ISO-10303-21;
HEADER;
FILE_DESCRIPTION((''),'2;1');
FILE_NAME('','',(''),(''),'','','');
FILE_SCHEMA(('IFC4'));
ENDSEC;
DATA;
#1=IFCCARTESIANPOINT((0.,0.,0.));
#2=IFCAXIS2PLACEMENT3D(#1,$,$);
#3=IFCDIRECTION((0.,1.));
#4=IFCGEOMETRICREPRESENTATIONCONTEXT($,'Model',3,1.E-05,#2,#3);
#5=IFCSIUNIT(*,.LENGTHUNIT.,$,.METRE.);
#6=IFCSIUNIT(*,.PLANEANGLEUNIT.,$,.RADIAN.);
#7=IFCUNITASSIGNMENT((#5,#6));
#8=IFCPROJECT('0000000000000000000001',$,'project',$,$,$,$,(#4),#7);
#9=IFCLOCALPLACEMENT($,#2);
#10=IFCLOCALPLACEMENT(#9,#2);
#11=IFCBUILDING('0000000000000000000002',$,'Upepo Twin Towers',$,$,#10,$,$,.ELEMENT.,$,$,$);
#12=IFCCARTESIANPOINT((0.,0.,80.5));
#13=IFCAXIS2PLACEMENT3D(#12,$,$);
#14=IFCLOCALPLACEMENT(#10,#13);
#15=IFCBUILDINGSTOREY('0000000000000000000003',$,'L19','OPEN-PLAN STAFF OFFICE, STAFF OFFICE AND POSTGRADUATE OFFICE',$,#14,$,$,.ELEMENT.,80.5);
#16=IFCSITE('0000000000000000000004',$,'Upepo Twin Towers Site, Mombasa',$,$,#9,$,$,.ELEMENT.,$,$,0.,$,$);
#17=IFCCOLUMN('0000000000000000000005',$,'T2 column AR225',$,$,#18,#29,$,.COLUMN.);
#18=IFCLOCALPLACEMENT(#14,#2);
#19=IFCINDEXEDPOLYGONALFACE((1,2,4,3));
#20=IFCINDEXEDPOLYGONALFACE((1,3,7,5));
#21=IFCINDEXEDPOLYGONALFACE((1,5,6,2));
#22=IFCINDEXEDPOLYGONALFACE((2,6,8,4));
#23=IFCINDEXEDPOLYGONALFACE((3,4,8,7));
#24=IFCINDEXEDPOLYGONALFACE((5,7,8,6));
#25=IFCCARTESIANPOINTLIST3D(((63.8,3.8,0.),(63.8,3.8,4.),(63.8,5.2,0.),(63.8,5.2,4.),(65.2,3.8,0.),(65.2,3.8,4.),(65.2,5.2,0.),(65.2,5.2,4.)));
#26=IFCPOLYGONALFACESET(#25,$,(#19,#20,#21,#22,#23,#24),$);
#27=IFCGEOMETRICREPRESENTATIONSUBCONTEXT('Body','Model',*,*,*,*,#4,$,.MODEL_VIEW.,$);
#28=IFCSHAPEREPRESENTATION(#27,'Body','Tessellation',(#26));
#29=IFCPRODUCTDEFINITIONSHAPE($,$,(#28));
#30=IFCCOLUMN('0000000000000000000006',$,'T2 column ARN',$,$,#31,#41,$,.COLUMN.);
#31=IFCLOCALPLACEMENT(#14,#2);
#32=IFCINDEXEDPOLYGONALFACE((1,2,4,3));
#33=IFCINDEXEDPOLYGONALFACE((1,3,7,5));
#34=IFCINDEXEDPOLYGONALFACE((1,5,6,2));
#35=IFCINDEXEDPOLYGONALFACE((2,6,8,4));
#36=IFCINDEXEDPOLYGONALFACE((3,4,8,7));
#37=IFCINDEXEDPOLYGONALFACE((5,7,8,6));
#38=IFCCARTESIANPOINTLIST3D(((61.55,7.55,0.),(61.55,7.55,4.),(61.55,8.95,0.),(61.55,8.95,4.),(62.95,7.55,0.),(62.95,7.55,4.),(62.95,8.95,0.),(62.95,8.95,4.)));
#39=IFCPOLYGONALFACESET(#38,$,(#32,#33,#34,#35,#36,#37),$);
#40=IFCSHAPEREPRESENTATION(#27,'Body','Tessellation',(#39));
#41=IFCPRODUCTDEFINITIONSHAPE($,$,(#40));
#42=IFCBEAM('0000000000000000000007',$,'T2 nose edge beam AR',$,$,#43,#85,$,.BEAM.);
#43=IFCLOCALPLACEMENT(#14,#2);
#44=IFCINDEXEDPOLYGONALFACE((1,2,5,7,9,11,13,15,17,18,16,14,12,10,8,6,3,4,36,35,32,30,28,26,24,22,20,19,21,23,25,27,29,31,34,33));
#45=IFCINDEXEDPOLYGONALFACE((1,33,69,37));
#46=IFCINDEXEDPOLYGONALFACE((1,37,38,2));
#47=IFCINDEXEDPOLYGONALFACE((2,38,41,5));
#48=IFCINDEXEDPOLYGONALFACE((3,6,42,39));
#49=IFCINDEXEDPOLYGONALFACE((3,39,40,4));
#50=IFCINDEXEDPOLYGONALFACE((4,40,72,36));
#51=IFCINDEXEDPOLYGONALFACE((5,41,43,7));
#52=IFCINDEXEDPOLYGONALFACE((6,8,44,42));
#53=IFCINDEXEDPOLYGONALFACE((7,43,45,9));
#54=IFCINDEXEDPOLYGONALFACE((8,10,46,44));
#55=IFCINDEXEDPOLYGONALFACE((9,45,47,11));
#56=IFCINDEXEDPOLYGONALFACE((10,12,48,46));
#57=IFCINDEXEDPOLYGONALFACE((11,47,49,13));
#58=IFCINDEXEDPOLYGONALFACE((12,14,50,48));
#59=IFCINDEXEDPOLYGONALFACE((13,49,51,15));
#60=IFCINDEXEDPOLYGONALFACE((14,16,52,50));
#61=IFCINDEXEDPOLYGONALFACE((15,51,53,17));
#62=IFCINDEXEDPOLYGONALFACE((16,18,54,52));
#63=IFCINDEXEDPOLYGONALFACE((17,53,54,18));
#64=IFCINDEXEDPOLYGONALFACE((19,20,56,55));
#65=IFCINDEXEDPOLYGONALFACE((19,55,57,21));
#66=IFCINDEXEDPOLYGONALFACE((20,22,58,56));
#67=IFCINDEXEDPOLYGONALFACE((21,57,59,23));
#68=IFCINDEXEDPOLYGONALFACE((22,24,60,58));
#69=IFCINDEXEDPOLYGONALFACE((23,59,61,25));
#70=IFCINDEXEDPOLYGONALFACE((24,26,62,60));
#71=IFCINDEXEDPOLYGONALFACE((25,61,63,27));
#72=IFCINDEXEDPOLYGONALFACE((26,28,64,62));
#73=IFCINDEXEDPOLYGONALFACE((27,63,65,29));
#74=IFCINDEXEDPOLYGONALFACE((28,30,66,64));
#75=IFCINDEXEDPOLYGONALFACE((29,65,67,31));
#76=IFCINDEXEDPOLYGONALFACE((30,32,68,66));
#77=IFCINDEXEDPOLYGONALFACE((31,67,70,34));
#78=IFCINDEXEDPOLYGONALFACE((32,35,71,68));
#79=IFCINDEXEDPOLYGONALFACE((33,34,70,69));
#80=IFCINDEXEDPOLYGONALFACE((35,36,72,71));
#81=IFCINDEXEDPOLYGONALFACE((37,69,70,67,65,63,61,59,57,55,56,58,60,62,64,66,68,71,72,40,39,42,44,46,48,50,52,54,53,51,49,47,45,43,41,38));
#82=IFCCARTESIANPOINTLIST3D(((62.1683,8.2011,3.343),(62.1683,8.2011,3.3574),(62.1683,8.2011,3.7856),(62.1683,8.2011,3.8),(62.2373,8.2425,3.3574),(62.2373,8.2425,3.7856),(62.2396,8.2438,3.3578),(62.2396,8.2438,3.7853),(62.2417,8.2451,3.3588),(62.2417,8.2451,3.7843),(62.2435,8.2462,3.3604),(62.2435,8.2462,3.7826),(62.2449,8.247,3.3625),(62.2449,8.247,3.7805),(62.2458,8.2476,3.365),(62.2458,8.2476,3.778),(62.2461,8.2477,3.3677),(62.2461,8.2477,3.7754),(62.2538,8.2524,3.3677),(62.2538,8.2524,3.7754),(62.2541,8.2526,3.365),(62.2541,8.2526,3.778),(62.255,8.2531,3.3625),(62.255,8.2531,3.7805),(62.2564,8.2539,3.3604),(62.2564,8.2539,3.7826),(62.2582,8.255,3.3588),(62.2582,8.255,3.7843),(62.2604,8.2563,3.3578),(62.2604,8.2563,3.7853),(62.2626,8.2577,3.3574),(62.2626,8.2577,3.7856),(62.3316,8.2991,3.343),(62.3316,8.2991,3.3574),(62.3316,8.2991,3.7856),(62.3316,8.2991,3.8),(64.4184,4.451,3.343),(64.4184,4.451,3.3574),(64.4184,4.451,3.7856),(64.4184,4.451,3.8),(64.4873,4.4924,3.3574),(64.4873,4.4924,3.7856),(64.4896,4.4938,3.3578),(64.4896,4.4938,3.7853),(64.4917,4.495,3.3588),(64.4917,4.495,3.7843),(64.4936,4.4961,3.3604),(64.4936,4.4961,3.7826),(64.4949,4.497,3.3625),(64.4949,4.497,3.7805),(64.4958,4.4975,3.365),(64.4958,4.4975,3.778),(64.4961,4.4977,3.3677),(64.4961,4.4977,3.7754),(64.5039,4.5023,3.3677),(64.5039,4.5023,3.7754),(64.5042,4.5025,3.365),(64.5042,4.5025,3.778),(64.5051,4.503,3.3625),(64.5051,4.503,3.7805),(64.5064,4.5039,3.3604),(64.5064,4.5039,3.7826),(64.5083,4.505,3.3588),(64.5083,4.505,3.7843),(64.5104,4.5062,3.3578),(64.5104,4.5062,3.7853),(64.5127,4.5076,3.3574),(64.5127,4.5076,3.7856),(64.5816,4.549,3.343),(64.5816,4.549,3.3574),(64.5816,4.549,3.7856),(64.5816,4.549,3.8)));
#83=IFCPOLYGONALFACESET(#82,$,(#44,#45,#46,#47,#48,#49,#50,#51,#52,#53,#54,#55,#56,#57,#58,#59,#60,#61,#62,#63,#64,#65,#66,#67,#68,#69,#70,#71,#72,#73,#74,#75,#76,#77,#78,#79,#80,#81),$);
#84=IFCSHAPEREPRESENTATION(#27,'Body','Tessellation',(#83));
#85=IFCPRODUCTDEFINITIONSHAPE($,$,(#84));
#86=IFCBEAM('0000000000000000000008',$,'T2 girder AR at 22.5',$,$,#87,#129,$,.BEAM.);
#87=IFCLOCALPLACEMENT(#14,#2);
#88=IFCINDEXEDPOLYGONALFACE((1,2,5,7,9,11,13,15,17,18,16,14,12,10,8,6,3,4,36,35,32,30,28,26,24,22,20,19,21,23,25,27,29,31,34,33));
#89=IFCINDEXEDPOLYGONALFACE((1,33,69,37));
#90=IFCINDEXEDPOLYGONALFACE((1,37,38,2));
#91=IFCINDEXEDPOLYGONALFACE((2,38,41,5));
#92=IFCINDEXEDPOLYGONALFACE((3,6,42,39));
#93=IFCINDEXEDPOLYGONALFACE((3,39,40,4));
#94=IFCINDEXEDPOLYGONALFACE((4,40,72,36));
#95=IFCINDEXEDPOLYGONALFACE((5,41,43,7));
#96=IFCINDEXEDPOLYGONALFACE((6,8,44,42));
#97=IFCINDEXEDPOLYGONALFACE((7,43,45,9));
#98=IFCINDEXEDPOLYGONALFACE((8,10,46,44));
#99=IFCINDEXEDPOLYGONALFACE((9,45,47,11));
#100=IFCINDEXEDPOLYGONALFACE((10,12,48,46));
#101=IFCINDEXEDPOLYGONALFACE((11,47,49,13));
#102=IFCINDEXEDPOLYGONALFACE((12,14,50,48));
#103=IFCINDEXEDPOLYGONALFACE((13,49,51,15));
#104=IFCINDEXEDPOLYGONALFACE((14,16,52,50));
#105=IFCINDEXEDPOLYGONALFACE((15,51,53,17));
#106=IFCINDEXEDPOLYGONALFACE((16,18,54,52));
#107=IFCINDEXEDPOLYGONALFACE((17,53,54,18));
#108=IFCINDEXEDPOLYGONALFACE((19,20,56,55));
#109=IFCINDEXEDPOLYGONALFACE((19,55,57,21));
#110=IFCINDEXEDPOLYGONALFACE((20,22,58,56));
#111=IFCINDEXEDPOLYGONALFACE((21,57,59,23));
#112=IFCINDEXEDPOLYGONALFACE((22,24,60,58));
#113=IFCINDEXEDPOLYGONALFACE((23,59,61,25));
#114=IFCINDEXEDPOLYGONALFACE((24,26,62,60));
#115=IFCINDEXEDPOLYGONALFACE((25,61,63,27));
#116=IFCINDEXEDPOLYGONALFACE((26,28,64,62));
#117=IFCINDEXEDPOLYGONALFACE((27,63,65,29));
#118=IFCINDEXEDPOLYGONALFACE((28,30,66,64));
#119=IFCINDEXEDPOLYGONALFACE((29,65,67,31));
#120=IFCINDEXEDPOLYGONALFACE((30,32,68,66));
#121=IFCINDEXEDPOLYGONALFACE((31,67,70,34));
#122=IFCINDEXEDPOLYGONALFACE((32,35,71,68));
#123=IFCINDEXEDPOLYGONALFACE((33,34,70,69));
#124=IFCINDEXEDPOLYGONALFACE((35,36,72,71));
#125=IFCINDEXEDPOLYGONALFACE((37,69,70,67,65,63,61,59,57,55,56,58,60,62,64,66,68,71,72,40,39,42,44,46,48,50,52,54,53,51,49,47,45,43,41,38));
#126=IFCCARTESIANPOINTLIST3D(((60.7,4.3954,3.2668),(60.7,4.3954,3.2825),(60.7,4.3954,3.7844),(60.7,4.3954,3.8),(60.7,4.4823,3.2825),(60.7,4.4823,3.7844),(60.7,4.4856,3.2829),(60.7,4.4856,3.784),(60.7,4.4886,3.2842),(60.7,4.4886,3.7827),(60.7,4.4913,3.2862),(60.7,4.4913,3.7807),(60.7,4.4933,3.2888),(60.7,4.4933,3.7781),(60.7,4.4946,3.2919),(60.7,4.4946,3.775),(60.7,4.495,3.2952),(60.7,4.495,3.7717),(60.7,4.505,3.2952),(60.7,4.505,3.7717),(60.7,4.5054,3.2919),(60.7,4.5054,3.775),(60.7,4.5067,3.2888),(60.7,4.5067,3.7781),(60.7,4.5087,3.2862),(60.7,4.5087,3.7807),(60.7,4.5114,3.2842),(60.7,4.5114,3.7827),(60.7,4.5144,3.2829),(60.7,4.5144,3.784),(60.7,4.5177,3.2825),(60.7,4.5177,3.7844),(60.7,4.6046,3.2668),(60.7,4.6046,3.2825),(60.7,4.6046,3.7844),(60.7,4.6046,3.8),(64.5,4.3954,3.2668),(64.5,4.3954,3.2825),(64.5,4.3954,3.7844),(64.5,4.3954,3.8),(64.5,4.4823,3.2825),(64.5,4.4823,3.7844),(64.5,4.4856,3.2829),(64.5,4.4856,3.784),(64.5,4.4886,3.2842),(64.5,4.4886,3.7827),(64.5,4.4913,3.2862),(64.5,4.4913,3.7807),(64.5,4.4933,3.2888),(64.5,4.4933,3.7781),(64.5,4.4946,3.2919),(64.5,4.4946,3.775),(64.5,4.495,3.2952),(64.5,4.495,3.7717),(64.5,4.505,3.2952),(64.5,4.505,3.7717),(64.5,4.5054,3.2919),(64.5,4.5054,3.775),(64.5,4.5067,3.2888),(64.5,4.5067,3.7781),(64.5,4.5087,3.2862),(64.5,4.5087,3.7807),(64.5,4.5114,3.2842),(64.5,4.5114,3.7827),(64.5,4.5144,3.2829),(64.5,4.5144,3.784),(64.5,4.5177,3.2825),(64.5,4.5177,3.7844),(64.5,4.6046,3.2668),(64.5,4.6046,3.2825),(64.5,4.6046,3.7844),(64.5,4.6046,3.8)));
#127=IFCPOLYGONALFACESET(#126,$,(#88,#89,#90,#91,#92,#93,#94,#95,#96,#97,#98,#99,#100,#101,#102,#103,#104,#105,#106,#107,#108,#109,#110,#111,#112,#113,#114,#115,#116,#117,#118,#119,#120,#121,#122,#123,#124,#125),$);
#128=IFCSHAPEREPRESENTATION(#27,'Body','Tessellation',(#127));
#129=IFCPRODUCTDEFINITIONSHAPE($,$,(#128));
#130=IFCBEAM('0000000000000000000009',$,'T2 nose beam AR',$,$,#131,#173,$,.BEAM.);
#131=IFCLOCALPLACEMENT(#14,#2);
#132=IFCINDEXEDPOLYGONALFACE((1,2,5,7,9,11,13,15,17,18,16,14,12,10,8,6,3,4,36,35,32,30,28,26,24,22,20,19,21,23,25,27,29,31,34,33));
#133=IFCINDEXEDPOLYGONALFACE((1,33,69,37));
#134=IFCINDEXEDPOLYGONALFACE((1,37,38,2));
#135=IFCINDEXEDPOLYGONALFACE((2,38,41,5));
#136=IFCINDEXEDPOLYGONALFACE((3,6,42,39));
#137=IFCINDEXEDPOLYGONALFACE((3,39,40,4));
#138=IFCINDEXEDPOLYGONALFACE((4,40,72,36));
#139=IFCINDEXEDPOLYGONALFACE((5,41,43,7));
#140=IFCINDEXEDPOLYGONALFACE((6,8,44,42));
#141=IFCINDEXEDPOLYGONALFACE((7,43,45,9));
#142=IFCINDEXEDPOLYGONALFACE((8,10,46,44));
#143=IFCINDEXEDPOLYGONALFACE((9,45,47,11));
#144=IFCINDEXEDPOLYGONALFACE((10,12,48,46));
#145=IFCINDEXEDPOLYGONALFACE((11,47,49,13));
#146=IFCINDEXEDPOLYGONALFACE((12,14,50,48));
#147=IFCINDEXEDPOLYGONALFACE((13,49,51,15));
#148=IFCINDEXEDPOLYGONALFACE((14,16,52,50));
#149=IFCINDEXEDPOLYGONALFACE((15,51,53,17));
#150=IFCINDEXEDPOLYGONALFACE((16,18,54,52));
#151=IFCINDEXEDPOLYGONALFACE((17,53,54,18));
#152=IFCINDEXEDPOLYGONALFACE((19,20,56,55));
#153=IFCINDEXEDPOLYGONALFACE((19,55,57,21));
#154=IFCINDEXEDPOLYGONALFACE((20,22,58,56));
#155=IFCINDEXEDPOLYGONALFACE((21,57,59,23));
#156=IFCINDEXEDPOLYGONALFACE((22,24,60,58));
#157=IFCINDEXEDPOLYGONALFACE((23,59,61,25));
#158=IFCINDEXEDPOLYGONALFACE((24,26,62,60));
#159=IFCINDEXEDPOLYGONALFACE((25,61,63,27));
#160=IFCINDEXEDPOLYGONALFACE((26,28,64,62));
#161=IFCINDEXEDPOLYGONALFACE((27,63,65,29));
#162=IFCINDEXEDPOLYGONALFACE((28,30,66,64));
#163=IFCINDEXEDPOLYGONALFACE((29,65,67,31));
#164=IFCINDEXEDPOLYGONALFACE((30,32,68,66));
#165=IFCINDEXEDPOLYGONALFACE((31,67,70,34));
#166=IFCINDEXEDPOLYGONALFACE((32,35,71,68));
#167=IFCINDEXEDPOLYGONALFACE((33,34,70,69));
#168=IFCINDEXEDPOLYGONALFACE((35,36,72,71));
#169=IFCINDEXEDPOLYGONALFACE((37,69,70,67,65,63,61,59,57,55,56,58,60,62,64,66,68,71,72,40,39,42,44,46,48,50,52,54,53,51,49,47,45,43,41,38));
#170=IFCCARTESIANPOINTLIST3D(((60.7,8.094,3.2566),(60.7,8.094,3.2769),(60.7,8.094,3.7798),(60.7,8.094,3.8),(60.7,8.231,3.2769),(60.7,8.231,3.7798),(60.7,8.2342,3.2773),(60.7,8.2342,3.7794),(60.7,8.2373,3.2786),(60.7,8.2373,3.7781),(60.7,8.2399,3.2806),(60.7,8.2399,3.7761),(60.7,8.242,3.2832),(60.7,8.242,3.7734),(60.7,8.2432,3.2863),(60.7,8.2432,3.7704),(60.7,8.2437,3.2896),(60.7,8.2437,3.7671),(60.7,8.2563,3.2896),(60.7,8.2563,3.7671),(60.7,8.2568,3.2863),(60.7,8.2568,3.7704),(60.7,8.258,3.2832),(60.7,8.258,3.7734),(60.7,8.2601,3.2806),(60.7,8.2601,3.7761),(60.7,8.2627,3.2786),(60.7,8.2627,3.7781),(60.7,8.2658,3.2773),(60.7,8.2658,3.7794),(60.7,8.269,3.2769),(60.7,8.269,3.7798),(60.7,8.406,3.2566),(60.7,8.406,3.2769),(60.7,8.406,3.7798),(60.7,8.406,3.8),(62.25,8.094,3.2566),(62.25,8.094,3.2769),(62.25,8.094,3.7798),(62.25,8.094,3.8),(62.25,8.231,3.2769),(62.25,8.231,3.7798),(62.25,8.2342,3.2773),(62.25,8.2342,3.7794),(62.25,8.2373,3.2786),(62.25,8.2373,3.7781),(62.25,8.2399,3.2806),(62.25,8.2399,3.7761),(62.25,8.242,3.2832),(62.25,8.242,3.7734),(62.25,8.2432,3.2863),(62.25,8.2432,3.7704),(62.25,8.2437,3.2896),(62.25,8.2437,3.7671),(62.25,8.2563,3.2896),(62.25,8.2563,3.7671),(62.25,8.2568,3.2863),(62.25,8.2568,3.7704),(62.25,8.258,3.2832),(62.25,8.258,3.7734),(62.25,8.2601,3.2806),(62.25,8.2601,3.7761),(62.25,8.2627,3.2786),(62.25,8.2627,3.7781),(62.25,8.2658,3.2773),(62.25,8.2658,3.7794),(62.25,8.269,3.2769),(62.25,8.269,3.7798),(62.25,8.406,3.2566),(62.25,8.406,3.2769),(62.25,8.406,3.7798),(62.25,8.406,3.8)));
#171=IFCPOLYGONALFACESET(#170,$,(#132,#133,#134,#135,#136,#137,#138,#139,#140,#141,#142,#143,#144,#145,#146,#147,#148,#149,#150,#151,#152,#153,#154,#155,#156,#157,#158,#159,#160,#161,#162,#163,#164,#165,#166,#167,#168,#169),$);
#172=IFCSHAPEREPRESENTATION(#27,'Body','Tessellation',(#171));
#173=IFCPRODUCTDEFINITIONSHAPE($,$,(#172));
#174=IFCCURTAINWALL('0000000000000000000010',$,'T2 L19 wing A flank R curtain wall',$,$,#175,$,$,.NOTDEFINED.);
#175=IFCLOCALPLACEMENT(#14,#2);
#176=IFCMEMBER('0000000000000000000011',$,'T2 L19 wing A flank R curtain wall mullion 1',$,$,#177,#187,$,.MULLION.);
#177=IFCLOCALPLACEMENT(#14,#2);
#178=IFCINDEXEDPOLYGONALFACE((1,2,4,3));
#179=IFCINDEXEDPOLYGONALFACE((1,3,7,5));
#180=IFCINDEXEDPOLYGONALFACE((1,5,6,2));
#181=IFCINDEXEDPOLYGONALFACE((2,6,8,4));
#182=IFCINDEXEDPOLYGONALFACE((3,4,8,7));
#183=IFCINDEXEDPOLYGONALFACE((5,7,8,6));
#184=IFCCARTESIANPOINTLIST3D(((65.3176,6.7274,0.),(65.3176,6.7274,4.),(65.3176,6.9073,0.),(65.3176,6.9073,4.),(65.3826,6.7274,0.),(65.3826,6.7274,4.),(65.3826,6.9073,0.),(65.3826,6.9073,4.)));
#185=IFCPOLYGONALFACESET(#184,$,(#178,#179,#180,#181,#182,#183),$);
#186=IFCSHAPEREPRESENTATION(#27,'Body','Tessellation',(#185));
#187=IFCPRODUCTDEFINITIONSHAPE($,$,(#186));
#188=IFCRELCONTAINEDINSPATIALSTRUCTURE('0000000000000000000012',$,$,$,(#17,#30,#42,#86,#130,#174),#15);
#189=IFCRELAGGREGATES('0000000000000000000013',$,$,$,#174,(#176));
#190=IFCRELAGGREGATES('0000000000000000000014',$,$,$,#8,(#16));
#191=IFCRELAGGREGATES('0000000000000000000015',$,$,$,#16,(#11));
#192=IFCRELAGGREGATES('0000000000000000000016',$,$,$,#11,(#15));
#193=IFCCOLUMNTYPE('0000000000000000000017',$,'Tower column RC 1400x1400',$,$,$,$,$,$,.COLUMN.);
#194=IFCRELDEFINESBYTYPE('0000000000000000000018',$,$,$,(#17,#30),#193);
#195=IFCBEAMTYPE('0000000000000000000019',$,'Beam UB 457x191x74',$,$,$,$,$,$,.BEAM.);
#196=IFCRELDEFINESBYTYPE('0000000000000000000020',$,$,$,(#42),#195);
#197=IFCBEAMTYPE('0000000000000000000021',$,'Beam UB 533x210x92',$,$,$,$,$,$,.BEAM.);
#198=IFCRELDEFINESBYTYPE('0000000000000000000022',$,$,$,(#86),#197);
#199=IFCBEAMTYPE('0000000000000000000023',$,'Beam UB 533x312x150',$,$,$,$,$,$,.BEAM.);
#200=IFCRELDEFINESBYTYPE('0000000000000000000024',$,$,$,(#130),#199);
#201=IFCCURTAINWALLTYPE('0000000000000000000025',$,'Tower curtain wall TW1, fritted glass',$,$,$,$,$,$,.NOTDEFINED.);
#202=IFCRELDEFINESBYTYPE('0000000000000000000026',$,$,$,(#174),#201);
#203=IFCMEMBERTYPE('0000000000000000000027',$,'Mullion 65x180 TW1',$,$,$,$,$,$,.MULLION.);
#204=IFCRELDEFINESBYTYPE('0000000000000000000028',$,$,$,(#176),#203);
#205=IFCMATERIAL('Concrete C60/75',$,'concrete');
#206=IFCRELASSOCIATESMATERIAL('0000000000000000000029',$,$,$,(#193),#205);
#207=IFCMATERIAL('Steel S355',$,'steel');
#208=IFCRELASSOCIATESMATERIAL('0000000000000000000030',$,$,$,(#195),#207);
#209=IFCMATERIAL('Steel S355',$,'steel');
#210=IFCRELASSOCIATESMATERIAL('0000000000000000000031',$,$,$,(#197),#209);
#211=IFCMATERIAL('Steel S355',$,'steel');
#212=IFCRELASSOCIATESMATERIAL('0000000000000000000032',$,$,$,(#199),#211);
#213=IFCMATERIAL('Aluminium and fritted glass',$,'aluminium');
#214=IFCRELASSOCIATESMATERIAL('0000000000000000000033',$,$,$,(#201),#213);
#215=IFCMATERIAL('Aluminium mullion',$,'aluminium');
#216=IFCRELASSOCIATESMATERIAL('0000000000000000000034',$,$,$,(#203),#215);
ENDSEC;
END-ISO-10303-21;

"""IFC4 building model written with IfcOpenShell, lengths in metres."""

from ifc_helpers import new_model, si_unit, direction, frame, origin, origin_2d, place, context, subcontext, project, spatial, rectangle, i_section, extrude, material, material_profile, profile_set, type_object, element, aggregate, save


model = new_model("IFC4")

# Units and contexts
model_context = context("Model", 3, precision=1e-05, world=origin(), true_north=direction((0.0, 1.0)))
body_context = subcontext(model_context, "Body", "Model", "MODEL_VIEW")
ifc_project = project(units=[si_unit("LENGTHUNIT", "METRE"), si_unit("PLANEANGLEUNIT", "RADIAN")], contexts=[model_context])

# Site, building, storey
site_placement = place(None, origin())
site = spatial("IfcSite", under=ifc_project, at=site_placement, Name="Upepo Twin Towers Site, Mombasa", CompositionType="ELEMENT", RefElevation=0.0)
building_placement = place(site_placement, origin())
building = spatial("IfcBuilding", under=site, at=building_placement, Name="Upepo Twin Towers", CompositionType="ELEMENT")
storey_placement = place(building_placement, frame((0.0, 0.0, 80.5)))
storey = spatial("IfcBuildingStorey", under=building, at=storey_placement, Name="L19", Description="OPEN-PLAN STAFF OFFICE, STAFF OFFICE AND POSTGRADUATE OFFICE", CompositionType="ELEMENT", Elevation=80.5)

# Columns
ifc_material_1 = material(Name="Concrete C60/75", Category="concrete")
ifc_material_profile_1 = material_profile(ifc_material_1, rectangle(XDim=1.3999, YDim=1.3999, at=origin_2d()), Name="RC 1400x1400")
ifc_profile_set_1 = profile_set([ifc_material_profile_1], Name="Concrete C60/75")
column_type = type_object("IfcColumnType", Name="Tower column RC 1400x1400", PredefinedType="COLUMN", material=ifc_profile_set_1)
for number, where, z_axis, x_axis, name in (
    (1, (64.5, 4.5, 0.0), (0.0, 0.0, 1.0), (1.0, 0.0, 0.0), "T2 column AR225"),
    (2, (62.25, 8.25, 0.0), (0.0, 0.0, 1.0), (1.0, 0.0, 0.0), "T2 column ARN"),
):
    element("IfcColumn", number, at=place(storey_placement, frame(where, z_axis=z_axis, x_axis=x_axis)), inside=storey, type_object=column_type, Name=name, PredefinedType="COLUMN", context=body_context, shape_type="SweptSolid", body=[
        extrude(rectangle(XDim=1.3999, YDim=1.3999, at=origin_2d()), origin(), (0.0, 0.0, 1.0), 4.0),
    ])

# Beams
ifc_material_2 = material(Name="Steel S355", Category="steel")
ifc_material_profile_2 = material_profile(ifc_material_2, i_section(OverallWidth=0.1904, OverallDepth=0.457, WebThickness=0.009, FlangeThickness=0.0144, FilletRadius=0.0103, at=origin_2d()), Name="UB 457x191x74")
ifc_profile_set_2 = profile_set([ifc_material_profile_2], Name="Steel S355")
beam_type_1 = type_object("IfcBeamType", Name="Beam UB 457x191x74", PredefinedType="BEAM", material=ifc_profile_set_2)
beam_1_placement = place(storey_placement, frame((64.5, 4.5, 3.5715), z_axis=(-0.514496, 0.857493, 0.0), x_axis=(-0.857493, -0.514496, 0.0)))
element("IfcBeam", 3, at=beam_1_placement, inside=storey, type_object=beam_type_1, Name="T2 nose edge beam AR", PredefinedType="BEAM", context=body_context, shape_type="SweptSolid", body=[
    extrude(i_section(OverallWidth=0.1904, OverallDepth=0.457, WebThickness=0.009, FlangeThickness=0.0144, FilletRadius=0.0103, at=origin_2d()), origin(), (0.0, 0.0, 1.0), 4.3733),
])
ifc_material_3 = material(Name="Steel S355", Category="steel")
ifc_material_profile_3 = material_profile(ifc_material_3, i_section(OverallWidth=0.2092, OverallDepth=0.5332, WebThickness=0.01, FlangeThickness=0.0156, FilletRadius=0.0127, at=origin_2d()), Name="UB 533x210x92")
ifc_profile_set_3 = profile_set([ifc_material_profile_3], Name="Steel S355")
beam_type_2 = type_object("IfcBeamType", Name="Beam UB 533x210x92", PredefinedType="BEAM", material=ifc_profile_set_3)
beam_2_placement = place(storey_placement, frame((64.5, 4.5, 3.5334), z_axis=(-1.0, 0.0, 0.0), x_axis=(0.0, -1.0, 0.0)))
element("IfcBeam", 4, at=beam_2_placement, inside=storey, type_object=beam_type_2, Name="T2 girder AR at 22.5", PredefinedType="BEAM", context=body_context, shape_type="SweptSolid", body=[
    extrude(i_section(OverallWidth=0.2092, OverallDepth=0.5332, WebThickness=0.01, FlangeThickness=0.0156, FilletRadius=0.0127, at=origin_2d()), origin(), (0.0, 0.0, 1.0), 3.8),
])
ifc_material_4 = material(Name="Steel S355", Category="steel")
ifc_material_profile_4 = material_profile(ifc_material_4, i_section(OverallWidth=0.312, OverallDepth=0.5435, WebThickness=0.0127, FlangeThickness=0.0203, FilletRadius=0.0127, at=origin_2d()), Name="UB 533x312x150")
ifc_profile_set_4 = profile_set([ifc_material_profile_4], Name="Steel S355")
beam_type_3 = type_object("IfcBeamType", Name="Beam UB 533x312x150", PredefinedType="BEAM", material=ifc_profile_set_4)
beam_3_placement = place(storey_placement, frame((62.25, 8.25, 3.5283), z_axis=(-1.0, 0.0, 0.0), x_axis=(0.0, -1.0, 0.0)))
element("IfcBeam", 5, at=beam_3_placement, inside=storey, type_object=beam_type_3, Name="T2 nose beam AR", PredefinedType="BEAM", context=body_context, shape_type="SweptSolid", body=[
    extrude(i_section(OverallWidth=0.312, OverallDepth=0.5435, WebThickness=0.0127, FlangeThickness=0.0203, FilletRadius=0.0127, at=origin_2d()), origin(), (0.0, 0.0, 1.0), 1.55),
])

# Curtain wall, member
ifc_material_5 = material(Name="Aluminium and fritted glass", Category="aluminium")
curtain_wall_type = type_object("IfcCurtainWallType", Name="Tower curtain wall TW1, fritted glass", PredefinedType="NOTDEFINED", material=ifc_material_5)
curtain_wall_1_placement = place(storey_placement, origin())
curtain_wall_1 = element("IfcCurtainWall", 6, at=curtain_wall_1_placement, inside=storey, type_object=curtain_wall_type, Name="T2 L19 wing A flank R curtain wall", PredefinedType="NOTDEFINED")
ifc_material_6 = material(Name="Aluminium mullion", Category="aluminium")
ifc_material_profile_5 = material_profile(ifc_material_6, rectangle(XDim=0.0649, YDim=0.1799, at=origin_2d()), Name="MULLION 65x180")
ifc_profile_set_5 = profile_set([ifc_material_profile_5], Name="Aluminium mullion")
member_type_1 = type_object("IfcMemberType", Name="Mullion 65x180 TW1", PredefinedType="MULLION", material=ifc_profile_set_5)
member_1_placement = place(storey_placement, frame((65.3501, 6.8174, 0.0), z_axis=(0.0, 0.0, 1.0), x_axis=(1.0, 0.0, 0.0)))
member_1 = element("IfcMember", 7, at=member_1_placement, type_object=member_type_1, Name="T2 L19 wing A flank R curtain wall mullion 1", PredefinedType="MULLION", context=body_context, shape_type="SweptSolid", body=[
    extrude(rectangle(XDim=0.0649, YDim=0.1799, at=origin_2d()), origin(), (0.0, 0.0, 1.0), 4.0),
])

aggregate(curtain_wall_1, [member_1])

save(model, "model.ifc")
